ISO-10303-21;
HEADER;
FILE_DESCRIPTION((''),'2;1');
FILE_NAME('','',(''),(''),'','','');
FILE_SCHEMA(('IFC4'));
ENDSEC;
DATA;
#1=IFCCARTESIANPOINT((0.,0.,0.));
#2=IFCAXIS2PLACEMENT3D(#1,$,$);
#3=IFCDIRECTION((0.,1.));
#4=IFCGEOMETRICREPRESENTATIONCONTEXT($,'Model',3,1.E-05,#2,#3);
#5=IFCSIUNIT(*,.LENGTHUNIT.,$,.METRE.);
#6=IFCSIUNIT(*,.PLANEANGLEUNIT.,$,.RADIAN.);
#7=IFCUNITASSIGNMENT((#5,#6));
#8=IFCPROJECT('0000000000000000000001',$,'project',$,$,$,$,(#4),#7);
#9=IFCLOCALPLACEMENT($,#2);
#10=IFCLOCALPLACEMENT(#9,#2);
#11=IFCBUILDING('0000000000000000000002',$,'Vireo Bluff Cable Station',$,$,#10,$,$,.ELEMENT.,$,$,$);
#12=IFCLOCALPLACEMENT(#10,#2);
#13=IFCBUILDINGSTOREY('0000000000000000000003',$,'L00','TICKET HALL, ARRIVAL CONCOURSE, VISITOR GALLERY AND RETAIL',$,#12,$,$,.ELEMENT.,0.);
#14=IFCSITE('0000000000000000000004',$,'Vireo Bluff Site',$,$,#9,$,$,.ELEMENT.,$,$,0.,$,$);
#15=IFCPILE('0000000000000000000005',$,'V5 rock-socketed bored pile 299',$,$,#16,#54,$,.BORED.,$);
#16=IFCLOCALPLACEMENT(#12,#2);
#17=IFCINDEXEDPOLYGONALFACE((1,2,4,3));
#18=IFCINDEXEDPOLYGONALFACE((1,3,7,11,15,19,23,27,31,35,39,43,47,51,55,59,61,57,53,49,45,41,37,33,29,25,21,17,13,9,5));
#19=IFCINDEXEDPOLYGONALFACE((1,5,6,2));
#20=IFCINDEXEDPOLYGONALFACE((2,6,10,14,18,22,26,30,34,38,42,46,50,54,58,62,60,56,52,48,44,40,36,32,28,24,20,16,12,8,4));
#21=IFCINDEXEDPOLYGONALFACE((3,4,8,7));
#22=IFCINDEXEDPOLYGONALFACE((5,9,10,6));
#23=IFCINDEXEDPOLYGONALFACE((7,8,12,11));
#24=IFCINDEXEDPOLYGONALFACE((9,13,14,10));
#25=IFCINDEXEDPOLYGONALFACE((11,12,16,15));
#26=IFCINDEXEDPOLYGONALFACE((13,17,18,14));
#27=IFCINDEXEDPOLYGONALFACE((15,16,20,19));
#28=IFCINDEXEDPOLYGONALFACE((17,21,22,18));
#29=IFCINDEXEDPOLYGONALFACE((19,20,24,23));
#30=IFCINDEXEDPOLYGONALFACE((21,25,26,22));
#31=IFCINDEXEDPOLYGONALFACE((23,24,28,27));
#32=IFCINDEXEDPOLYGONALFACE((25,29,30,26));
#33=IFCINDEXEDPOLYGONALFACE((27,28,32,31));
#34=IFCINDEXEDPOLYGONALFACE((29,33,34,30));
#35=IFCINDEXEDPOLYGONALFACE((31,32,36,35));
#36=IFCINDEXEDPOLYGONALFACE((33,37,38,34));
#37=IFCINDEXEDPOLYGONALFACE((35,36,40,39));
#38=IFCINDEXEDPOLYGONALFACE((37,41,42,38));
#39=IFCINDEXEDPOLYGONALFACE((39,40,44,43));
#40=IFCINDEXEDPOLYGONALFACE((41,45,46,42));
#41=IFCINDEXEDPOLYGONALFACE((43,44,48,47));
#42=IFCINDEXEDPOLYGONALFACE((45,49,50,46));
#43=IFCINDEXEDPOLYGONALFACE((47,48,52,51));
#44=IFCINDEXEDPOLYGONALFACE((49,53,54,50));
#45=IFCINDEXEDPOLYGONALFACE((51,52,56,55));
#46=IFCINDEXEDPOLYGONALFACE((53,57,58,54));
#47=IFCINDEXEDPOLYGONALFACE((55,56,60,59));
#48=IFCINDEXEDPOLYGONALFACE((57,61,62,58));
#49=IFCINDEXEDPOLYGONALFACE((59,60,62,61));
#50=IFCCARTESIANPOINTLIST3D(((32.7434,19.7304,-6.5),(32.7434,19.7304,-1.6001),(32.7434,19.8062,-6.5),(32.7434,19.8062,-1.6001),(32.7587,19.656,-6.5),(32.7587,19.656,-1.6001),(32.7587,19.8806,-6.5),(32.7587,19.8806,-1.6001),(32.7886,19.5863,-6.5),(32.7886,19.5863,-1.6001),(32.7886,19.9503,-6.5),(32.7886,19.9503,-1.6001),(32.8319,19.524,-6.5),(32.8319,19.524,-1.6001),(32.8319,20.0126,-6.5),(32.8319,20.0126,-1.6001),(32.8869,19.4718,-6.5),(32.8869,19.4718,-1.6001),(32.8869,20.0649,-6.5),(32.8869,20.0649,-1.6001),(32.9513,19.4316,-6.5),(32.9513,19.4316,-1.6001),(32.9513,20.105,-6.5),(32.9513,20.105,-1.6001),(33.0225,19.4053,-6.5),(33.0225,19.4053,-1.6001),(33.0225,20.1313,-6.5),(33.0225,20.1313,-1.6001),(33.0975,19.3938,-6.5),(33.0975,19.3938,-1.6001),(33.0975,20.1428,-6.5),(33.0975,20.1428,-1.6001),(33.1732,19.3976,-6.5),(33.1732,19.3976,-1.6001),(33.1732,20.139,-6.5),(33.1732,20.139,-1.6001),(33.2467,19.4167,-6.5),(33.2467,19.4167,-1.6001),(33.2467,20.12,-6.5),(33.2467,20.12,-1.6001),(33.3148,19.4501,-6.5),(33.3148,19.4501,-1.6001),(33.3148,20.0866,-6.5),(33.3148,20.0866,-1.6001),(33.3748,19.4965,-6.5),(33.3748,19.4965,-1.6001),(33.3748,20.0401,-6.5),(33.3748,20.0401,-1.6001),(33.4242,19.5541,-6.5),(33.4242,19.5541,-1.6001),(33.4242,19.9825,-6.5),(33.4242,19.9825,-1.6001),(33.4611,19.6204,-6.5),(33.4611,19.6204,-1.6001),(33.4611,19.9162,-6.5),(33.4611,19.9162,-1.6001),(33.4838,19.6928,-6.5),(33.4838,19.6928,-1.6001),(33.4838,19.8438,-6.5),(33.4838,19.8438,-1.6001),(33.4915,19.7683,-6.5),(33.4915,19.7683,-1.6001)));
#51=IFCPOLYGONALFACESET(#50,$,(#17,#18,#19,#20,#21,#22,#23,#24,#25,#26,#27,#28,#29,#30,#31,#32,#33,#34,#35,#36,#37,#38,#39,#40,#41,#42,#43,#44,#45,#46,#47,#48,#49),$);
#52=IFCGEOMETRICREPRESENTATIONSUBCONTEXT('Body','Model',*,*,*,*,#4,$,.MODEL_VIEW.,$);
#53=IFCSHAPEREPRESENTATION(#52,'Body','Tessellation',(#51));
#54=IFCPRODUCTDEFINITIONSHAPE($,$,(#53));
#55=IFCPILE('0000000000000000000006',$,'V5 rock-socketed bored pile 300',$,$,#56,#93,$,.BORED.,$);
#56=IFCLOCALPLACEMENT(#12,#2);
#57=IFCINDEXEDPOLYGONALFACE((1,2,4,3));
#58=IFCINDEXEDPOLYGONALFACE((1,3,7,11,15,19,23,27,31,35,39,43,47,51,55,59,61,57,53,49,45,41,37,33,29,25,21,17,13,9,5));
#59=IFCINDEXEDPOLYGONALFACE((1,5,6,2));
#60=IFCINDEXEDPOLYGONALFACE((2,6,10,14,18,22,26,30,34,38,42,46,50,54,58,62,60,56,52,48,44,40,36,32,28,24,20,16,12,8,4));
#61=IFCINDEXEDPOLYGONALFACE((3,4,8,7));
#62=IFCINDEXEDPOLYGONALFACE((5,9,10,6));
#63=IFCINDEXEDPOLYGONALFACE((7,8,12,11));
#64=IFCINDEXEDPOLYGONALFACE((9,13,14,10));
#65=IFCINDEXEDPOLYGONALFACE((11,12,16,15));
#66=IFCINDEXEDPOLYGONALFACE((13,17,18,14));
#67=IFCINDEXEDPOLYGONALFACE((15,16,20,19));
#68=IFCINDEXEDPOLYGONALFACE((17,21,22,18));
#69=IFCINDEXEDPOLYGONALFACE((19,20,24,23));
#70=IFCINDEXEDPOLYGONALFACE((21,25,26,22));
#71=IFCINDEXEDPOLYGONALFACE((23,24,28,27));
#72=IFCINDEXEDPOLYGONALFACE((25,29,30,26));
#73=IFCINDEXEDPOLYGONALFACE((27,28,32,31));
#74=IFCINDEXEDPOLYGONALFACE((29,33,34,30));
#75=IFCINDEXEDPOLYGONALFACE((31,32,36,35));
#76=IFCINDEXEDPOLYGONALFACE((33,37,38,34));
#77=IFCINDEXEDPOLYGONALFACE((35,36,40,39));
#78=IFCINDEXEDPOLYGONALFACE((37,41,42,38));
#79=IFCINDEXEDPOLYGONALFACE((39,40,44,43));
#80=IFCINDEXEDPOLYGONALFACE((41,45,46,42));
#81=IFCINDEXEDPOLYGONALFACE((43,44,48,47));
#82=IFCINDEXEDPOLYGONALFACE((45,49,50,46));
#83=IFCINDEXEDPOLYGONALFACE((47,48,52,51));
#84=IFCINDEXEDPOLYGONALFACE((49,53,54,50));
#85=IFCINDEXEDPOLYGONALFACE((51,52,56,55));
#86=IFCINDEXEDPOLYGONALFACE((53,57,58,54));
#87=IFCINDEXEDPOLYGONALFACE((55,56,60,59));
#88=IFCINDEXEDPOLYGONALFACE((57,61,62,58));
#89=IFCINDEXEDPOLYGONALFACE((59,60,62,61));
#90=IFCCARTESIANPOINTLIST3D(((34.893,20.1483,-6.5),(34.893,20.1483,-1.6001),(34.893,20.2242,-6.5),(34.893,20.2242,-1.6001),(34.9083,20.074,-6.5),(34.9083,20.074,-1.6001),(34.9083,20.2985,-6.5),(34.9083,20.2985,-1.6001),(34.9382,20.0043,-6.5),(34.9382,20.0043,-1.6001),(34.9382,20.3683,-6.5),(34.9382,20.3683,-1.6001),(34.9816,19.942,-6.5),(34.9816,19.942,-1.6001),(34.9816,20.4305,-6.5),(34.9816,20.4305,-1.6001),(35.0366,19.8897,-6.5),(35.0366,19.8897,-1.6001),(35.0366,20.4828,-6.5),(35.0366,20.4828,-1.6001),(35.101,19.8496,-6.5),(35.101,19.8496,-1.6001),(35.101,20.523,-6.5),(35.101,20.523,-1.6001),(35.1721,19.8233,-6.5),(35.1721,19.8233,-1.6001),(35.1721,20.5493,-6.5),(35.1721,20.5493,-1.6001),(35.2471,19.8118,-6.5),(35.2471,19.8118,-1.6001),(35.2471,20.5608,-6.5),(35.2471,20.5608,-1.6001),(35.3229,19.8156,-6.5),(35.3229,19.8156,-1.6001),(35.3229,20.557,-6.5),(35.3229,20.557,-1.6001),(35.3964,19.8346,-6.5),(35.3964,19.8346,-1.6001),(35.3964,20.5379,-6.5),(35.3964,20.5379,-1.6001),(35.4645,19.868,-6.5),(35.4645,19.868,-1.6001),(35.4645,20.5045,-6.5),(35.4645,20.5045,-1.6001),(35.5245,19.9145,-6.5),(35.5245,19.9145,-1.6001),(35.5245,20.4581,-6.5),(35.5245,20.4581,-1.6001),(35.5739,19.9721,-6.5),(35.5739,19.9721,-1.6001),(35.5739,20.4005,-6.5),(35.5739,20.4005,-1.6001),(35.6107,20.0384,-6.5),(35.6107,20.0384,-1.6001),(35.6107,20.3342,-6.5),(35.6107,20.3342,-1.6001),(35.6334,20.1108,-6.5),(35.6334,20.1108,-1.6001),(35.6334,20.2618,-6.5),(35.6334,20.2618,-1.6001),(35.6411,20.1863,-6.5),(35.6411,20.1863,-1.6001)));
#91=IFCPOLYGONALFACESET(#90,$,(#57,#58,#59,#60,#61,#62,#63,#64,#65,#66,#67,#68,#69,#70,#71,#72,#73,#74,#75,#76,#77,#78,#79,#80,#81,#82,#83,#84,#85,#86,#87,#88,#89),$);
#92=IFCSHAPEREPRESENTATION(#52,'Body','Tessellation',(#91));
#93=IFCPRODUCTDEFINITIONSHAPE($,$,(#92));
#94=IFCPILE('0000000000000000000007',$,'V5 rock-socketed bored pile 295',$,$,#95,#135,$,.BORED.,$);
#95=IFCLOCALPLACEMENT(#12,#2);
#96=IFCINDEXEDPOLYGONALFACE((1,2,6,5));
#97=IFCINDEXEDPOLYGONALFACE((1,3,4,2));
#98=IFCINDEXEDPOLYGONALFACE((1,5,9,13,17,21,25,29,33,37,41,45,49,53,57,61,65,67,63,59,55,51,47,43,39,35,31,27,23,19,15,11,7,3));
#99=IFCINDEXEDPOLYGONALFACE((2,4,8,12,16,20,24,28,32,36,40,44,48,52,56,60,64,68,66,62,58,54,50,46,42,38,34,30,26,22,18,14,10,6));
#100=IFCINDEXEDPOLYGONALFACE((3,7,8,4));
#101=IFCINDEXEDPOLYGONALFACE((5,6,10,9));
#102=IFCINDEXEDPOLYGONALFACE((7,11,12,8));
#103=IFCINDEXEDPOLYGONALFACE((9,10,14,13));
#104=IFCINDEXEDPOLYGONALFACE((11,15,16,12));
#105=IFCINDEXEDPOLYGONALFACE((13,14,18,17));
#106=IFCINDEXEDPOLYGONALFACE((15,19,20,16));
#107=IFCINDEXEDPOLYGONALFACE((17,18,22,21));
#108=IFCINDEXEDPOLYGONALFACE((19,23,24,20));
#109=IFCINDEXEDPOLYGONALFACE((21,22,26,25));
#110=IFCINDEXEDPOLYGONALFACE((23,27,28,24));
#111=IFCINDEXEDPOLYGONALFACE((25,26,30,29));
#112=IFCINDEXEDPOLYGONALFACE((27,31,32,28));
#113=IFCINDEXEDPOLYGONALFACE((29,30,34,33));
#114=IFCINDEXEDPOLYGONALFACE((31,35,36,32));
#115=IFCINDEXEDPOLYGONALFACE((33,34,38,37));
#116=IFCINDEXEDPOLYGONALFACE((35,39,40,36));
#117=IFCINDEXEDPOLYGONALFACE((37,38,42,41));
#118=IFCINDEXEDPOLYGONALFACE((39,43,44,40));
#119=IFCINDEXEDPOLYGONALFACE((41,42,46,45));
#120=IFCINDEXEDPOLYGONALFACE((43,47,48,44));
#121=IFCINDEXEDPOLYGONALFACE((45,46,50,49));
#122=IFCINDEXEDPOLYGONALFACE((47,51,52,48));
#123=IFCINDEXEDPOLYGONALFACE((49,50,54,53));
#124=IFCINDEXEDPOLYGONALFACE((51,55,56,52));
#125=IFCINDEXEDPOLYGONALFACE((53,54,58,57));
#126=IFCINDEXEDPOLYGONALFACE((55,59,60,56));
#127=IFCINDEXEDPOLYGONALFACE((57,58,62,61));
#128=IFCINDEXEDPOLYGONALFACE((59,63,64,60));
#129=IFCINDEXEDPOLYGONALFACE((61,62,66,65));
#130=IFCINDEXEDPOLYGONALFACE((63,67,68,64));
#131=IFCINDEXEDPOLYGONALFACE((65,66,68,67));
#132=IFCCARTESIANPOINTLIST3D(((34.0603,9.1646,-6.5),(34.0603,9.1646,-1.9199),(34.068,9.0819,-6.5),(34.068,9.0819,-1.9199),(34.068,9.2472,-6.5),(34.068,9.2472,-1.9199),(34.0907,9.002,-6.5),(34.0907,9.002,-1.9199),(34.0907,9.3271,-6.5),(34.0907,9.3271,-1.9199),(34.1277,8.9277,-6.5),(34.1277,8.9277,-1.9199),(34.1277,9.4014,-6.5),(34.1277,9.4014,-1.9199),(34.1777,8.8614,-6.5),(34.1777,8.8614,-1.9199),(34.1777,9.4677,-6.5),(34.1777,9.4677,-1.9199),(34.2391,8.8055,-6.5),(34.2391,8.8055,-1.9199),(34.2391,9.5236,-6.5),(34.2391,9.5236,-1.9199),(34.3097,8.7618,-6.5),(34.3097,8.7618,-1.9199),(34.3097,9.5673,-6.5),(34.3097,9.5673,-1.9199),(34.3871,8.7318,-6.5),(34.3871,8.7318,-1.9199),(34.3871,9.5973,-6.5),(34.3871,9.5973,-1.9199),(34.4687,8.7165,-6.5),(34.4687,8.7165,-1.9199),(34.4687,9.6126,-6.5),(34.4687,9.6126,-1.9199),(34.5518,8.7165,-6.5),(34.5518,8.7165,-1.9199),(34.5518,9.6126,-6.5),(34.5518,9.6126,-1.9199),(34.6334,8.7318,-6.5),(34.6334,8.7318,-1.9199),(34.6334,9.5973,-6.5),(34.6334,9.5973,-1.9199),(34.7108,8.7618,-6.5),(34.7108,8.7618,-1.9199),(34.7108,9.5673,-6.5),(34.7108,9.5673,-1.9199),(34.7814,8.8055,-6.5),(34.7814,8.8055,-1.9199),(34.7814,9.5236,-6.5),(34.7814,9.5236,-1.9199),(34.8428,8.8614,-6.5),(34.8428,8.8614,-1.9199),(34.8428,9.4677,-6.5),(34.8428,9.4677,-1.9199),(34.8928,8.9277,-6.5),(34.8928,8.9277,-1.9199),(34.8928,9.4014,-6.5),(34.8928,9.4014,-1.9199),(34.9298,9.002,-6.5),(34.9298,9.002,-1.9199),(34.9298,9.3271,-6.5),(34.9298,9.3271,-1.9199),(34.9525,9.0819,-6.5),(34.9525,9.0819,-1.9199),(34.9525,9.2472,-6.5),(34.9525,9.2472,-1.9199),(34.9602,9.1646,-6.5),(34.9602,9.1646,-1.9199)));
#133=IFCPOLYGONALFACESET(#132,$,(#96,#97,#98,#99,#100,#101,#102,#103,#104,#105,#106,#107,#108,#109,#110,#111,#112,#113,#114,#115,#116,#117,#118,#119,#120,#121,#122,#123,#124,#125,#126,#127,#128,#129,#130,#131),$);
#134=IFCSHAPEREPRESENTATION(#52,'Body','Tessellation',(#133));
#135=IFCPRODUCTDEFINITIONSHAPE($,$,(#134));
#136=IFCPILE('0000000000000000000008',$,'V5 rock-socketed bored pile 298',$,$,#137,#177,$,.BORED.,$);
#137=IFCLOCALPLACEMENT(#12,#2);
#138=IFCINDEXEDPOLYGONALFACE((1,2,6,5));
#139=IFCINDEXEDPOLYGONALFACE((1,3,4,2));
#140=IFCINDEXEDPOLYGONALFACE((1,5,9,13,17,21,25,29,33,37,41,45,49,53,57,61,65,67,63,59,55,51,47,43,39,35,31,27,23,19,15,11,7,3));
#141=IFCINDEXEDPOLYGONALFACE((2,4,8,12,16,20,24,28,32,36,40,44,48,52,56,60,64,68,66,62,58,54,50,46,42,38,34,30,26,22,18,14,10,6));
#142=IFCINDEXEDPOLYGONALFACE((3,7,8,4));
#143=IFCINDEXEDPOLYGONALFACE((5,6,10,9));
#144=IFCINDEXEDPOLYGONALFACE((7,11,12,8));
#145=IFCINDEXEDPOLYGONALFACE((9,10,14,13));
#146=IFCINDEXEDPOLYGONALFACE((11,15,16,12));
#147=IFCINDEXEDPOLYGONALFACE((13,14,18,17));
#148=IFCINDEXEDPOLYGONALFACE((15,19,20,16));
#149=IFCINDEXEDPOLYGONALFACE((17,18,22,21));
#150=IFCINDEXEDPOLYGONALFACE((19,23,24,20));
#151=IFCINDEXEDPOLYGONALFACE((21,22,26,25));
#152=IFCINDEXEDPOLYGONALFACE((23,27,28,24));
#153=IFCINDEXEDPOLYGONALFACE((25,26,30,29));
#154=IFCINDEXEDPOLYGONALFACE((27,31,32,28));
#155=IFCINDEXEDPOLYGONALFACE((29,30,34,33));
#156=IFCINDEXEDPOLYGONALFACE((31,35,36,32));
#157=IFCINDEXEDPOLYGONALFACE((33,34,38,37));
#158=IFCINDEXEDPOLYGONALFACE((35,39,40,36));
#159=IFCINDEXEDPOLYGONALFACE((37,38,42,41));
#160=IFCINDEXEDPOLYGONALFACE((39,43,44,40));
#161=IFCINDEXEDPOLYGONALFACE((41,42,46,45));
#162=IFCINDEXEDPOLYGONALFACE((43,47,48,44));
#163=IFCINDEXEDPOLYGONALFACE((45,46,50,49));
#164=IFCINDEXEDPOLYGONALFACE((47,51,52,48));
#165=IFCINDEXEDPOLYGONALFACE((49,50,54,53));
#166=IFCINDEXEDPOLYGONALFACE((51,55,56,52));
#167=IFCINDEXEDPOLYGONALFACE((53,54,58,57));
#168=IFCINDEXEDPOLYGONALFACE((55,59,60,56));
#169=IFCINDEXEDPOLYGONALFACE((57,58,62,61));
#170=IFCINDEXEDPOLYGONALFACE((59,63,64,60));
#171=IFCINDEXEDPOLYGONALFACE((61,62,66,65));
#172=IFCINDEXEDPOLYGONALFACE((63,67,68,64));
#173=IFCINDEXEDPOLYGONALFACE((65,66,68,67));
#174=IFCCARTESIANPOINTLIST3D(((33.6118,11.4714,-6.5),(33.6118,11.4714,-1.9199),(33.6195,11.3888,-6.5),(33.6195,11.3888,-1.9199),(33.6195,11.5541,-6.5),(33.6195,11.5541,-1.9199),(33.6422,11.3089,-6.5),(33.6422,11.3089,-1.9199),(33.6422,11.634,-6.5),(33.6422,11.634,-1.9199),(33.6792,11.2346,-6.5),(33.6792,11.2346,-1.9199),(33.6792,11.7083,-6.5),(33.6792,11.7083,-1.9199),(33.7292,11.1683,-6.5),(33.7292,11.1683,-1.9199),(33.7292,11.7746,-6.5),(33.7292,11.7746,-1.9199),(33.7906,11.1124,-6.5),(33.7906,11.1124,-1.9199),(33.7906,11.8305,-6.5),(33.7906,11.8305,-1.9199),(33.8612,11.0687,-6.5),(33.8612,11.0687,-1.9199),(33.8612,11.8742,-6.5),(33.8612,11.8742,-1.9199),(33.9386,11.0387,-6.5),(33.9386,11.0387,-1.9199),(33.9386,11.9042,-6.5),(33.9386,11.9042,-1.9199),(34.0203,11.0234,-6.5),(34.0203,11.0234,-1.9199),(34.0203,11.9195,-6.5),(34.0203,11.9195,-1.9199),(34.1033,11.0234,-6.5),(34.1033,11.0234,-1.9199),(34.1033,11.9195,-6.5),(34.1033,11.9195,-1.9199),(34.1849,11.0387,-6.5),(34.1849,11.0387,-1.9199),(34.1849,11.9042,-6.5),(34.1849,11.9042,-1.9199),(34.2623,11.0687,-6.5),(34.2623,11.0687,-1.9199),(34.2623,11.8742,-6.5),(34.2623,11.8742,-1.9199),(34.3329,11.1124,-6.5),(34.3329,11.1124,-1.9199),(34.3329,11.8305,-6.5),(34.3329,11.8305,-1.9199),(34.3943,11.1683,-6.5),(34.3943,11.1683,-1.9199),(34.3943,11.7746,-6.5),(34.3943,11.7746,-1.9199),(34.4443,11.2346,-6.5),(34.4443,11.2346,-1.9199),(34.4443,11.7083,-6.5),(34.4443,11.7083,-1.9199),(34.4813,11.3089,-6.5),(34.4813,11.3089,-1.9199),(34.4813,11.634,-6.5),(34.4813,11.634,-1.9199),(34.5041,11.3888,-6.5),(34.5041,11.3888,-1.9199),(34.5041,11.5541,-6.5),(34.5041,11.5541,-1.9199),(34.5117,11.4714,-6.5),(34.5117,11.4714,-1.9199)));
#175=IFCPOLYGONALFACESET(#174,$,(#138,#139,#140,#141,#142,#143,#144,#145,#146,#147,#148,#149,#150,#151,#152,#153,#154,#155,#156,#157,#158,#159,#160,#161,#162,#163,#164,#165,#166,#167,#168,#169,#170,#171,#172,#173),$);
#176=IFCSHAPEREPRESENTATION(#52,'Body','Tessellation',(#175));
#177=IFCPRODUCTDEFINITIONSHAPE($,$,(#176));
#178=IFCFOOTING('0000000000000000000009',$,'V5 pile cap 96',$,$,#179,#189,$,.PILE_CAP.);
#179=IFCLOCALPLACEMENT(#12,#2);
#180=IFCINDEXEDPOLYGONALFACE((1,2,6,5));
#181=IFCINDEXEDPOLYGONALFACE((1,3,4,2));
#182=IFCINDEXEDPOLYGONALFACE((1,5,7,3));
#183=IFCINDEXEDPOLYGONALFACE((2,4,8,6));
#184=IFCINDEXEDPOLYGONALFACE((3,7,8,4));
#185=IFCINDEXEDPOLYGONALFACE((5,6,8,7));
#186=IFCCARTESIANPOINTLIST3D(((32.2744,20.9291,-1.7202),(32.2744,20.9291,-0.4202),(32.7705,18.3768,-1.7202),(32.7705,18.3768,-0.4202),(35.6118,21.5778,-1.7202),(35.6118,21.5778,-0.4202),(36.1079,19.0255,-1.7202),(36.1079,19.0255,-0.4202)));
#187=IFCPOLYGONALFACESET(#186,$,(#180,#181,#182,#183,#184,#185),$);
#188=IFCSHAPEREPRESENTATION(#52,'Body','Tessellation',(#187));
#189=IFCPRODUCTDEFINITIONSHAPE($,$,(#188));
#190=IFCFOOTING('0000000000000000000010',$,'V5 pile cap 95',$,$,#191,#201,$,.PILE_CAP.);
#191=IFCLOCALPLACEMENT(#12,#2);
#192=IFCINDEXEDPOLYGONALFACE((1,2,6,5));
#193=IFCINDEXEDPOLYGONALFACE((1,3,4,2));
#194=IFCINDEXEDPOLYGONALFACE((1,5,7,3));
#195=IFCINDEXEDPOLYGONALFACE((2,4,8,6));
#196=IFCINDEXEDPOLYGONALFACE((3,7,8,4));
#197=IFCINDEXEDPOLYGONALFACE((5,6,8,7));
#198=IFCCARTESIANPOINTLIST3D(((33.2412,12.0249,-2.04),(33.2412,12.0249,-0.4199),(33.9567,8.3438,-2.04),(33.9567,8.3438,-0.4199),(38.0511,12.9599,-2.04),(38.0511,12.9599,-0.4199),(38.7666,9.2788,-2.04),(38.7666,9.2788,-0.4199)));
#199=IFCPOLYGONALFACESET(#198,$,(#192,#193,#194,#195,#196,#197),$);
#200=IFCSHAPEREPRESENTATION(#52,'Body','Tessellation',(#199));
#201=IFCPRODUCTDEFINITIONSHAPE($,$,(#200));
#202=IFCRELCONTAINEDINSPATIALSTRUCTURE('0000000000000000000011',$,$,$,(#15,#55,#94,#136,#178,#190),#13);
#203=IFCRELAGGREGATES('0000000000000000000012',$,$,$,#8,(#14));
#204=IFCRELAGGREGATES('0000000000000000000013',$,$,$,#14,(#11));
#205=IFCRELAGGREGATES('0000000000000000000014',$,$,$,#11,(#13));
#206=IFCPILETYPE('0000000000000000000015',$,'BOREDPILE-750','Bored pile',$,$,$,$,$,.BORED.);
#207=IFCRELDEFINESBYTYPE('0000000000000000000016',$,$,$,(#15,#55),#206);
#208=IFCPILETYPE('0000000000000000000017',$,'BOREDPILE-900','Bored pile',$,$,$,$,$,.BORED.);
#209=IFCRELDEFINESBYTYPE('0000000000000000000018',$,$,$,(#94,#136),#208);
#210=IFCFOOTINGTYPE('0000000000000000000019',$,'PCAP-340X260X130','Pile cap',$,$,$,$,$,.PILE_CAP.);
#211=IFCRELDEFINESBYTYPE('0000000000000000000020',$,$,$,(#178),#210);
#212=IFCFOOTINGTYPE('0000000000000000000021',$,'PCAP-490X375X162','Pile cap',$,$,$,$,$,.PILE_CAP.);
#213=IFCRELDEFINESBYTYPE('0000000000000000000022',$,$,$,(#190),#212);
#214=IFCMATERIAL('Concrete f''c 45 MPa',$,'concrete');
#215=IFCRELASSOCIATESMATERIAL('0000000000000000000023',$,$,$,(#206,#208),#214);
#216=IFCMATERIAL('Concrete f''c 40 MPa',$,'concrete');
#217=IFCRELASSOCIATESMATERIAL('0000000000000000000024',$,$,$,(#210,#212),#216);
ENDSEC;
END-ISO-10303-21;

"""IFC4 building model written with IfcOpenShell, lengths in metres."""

from ifc_helpers import new_model, si_unit, direction, frame, origin, origin_2d, place, context, subcontext, project, spatial, rectangle, circle, extrude, material, material_profile, profile_set, type_object, element, save


model = new_model("IFC4")

# Units and contexts
model_context = context("Model", 3, precision=1e-05, world=origin(), true_north=direction((0.0, 1.0)))
body_context = subcontext(model_context, "Body", "Model", "MODEL_VIEW")
ifc_project = project(units=[si_unit("LENGTHUNIT", "METRE"), si_unit("PLANEANGLEUNIT", "RADIAN")], contexts=[model_context])

# Site, building, storey
site_placement = place(None, origin())
site = spatial("IfcSite", under=ifc_project, at=site_placement, Name="Vireo Bluff Site", CompositionType="ELEMENT", RefElevation=0.0)
building_placement = place(site_placement, origin())
building = spatial("IfcBuilding", under=site, at=building_placement, Name="Vireo Bluff Cable Station", CompositionType="ELEMENT")
storey_placement = place(building_placement, origin())
storey = spatial("IfcBuildingStorey", under=building, at=storey_placement, Name="L00", Description="TICKET HALL, ARRIVAL CONCOURSE, VISITOR GALLERY AND RETAIL", CompositionType="ELEMENT", Elevation=0.0)

# Piles
ifc_material_1 = material(Name="Concrete f'c 45 MPa", Category="concrete")
ifc_material_profile_1 = material_profile(ifc_material_1, circle(Radius=0.375, at=origin_2d()), Name="BOREDPILE-750")
ifc_profile_set_1 = profile_set([ifc_material_profile_1], Name="Concrete f'c 45 MPa")
pile_type_1 = type_object("IfcPileType", Name="BOREDPILE-750", Description="Bored pile", PredefinedType="BORED", material=ifc_profile_set_1)
for number, where, z_axis, x_axis, name in (
    (1, (33.1165, 19.7683, -1.6001), (0.0, 0.0, -1.0), (1.0, 0.0, 0.0), "V5 rock-socketed bored pile 299"),
    (2, (35.2661, 20.1863, -1.6001), (0.0, 0.0, -1.0), (1.0, 0.0, 0.0), "V5 rock-socketed bored pile 300"),
):
    element("IfcPile", number, at=place(storey_placement, frame(where, z_axis=z_axis, x_axis=x_axis)), inside=storey, type_object=pile_type_1, Name=name, PredefinedType="BORED", context=body_context, shape_type="SweptSolid", body=[
        extrude(circle(Radius=0.375, at=origin_2d()), origin(), (0.0, 0.0, 1.0), 4.8999),
    ])
ifc_material_profile_2 = material_profile(ifc_material_1, circle(Radius=0.45, at=origin_2d()), Name="BOREDPILE-900")
ifc_profile_set_2 = profile_set([ifc_material_profile_2], Name="Concrete f'c 45 MPa")
pile_type_2 = type_object("IfcPileType", Name="BOREDPILE-900", Description="Bored pile", PredefinedType="BORED", material=ifc_profile_set_2)
for number, where, z_axis, x_axis, name in (
    (3, (34.5103, 9.1646, -1.9199), (0.0, 0.0, -1.0), (1.0, 0.0, 0.0), "V5 rock-socketed bored pile 295"),
    (4, (34.0618, 11.4714, -1.9199), (0.0, 0.0, -1.0), (1.0, 0.0, 0.0), "V5 rock-socketed bored pile 298"),
):
    element("IfcPile", number, at=place(storey_placement, frame(where, z_axis=z_axis, x_axis=x_axis)), inside=storey, type_object=pile_type_2, Name=name, PredefinedType="BORED", context=body_context, shape_type="SweptSolid", body=[
        extrude(circle(Radius=0.45, at=origin_2d()), origin(), (0.0, 0.0, 1.0), 4.5801),
    ])

# Footings
ifc_material_2 = material(Name="Concrete f'c 40 MPa", Category="concrete")
footing_type_1 = type_object("IfcFootingType", Name="PCAP-340X260X130", Description="Pile cap", PredefinedType="PILE_CAP", material=ifc_material_2)
footing_1_placement = place(storey_placement, frame((34.1912, 19.9773, -1.7202), z_axis=(0.0, 0.0, 1.0), x_axis=(0.981627, 0.190809, 0.0)))
element("IfcFooting", 5, at=footing_1_placement, inside=storey, type_object=footing_type_1, Name="V5 pile cap 96", PredefinedType="PILE_CAP", context=body_context, shape_type="SweptSolid", body=[
    extrude(rectangle(XDim=3.3999, YDim=2.6001, at=origin_2d()), origin(), (0.0, 0.0, 1.0), 1.3),
])
footing_type_2 = type_object("IfcFootingType", Name="PCAP-490X375X162", Description="Pile cap", PredefinedType="PILE_CAP", material=ifc_material_2)
footing_2_placement = place(storey_placement, frame((36.0039, 10.6519, -2.04), z_axis=(0.0, 0.0, 1.0), x_axis=(0.981627, 0.190809, 0.0)))
element("IfcFooting", 6, at=footing_2_placement, inside=storey, type_object=footing_type_2, Name="V5 pile cap 95", PredefinedType="PILE_CAP", context=body_context, shape_type="SweptSolid", body=[
    extrude(rectangle(XDim=4.8999, YDim=3.75, at=origin_2d()), origin(), (0.0, 0.0, 1.0), 1.6201),
])

save(model, "model.ifc")
